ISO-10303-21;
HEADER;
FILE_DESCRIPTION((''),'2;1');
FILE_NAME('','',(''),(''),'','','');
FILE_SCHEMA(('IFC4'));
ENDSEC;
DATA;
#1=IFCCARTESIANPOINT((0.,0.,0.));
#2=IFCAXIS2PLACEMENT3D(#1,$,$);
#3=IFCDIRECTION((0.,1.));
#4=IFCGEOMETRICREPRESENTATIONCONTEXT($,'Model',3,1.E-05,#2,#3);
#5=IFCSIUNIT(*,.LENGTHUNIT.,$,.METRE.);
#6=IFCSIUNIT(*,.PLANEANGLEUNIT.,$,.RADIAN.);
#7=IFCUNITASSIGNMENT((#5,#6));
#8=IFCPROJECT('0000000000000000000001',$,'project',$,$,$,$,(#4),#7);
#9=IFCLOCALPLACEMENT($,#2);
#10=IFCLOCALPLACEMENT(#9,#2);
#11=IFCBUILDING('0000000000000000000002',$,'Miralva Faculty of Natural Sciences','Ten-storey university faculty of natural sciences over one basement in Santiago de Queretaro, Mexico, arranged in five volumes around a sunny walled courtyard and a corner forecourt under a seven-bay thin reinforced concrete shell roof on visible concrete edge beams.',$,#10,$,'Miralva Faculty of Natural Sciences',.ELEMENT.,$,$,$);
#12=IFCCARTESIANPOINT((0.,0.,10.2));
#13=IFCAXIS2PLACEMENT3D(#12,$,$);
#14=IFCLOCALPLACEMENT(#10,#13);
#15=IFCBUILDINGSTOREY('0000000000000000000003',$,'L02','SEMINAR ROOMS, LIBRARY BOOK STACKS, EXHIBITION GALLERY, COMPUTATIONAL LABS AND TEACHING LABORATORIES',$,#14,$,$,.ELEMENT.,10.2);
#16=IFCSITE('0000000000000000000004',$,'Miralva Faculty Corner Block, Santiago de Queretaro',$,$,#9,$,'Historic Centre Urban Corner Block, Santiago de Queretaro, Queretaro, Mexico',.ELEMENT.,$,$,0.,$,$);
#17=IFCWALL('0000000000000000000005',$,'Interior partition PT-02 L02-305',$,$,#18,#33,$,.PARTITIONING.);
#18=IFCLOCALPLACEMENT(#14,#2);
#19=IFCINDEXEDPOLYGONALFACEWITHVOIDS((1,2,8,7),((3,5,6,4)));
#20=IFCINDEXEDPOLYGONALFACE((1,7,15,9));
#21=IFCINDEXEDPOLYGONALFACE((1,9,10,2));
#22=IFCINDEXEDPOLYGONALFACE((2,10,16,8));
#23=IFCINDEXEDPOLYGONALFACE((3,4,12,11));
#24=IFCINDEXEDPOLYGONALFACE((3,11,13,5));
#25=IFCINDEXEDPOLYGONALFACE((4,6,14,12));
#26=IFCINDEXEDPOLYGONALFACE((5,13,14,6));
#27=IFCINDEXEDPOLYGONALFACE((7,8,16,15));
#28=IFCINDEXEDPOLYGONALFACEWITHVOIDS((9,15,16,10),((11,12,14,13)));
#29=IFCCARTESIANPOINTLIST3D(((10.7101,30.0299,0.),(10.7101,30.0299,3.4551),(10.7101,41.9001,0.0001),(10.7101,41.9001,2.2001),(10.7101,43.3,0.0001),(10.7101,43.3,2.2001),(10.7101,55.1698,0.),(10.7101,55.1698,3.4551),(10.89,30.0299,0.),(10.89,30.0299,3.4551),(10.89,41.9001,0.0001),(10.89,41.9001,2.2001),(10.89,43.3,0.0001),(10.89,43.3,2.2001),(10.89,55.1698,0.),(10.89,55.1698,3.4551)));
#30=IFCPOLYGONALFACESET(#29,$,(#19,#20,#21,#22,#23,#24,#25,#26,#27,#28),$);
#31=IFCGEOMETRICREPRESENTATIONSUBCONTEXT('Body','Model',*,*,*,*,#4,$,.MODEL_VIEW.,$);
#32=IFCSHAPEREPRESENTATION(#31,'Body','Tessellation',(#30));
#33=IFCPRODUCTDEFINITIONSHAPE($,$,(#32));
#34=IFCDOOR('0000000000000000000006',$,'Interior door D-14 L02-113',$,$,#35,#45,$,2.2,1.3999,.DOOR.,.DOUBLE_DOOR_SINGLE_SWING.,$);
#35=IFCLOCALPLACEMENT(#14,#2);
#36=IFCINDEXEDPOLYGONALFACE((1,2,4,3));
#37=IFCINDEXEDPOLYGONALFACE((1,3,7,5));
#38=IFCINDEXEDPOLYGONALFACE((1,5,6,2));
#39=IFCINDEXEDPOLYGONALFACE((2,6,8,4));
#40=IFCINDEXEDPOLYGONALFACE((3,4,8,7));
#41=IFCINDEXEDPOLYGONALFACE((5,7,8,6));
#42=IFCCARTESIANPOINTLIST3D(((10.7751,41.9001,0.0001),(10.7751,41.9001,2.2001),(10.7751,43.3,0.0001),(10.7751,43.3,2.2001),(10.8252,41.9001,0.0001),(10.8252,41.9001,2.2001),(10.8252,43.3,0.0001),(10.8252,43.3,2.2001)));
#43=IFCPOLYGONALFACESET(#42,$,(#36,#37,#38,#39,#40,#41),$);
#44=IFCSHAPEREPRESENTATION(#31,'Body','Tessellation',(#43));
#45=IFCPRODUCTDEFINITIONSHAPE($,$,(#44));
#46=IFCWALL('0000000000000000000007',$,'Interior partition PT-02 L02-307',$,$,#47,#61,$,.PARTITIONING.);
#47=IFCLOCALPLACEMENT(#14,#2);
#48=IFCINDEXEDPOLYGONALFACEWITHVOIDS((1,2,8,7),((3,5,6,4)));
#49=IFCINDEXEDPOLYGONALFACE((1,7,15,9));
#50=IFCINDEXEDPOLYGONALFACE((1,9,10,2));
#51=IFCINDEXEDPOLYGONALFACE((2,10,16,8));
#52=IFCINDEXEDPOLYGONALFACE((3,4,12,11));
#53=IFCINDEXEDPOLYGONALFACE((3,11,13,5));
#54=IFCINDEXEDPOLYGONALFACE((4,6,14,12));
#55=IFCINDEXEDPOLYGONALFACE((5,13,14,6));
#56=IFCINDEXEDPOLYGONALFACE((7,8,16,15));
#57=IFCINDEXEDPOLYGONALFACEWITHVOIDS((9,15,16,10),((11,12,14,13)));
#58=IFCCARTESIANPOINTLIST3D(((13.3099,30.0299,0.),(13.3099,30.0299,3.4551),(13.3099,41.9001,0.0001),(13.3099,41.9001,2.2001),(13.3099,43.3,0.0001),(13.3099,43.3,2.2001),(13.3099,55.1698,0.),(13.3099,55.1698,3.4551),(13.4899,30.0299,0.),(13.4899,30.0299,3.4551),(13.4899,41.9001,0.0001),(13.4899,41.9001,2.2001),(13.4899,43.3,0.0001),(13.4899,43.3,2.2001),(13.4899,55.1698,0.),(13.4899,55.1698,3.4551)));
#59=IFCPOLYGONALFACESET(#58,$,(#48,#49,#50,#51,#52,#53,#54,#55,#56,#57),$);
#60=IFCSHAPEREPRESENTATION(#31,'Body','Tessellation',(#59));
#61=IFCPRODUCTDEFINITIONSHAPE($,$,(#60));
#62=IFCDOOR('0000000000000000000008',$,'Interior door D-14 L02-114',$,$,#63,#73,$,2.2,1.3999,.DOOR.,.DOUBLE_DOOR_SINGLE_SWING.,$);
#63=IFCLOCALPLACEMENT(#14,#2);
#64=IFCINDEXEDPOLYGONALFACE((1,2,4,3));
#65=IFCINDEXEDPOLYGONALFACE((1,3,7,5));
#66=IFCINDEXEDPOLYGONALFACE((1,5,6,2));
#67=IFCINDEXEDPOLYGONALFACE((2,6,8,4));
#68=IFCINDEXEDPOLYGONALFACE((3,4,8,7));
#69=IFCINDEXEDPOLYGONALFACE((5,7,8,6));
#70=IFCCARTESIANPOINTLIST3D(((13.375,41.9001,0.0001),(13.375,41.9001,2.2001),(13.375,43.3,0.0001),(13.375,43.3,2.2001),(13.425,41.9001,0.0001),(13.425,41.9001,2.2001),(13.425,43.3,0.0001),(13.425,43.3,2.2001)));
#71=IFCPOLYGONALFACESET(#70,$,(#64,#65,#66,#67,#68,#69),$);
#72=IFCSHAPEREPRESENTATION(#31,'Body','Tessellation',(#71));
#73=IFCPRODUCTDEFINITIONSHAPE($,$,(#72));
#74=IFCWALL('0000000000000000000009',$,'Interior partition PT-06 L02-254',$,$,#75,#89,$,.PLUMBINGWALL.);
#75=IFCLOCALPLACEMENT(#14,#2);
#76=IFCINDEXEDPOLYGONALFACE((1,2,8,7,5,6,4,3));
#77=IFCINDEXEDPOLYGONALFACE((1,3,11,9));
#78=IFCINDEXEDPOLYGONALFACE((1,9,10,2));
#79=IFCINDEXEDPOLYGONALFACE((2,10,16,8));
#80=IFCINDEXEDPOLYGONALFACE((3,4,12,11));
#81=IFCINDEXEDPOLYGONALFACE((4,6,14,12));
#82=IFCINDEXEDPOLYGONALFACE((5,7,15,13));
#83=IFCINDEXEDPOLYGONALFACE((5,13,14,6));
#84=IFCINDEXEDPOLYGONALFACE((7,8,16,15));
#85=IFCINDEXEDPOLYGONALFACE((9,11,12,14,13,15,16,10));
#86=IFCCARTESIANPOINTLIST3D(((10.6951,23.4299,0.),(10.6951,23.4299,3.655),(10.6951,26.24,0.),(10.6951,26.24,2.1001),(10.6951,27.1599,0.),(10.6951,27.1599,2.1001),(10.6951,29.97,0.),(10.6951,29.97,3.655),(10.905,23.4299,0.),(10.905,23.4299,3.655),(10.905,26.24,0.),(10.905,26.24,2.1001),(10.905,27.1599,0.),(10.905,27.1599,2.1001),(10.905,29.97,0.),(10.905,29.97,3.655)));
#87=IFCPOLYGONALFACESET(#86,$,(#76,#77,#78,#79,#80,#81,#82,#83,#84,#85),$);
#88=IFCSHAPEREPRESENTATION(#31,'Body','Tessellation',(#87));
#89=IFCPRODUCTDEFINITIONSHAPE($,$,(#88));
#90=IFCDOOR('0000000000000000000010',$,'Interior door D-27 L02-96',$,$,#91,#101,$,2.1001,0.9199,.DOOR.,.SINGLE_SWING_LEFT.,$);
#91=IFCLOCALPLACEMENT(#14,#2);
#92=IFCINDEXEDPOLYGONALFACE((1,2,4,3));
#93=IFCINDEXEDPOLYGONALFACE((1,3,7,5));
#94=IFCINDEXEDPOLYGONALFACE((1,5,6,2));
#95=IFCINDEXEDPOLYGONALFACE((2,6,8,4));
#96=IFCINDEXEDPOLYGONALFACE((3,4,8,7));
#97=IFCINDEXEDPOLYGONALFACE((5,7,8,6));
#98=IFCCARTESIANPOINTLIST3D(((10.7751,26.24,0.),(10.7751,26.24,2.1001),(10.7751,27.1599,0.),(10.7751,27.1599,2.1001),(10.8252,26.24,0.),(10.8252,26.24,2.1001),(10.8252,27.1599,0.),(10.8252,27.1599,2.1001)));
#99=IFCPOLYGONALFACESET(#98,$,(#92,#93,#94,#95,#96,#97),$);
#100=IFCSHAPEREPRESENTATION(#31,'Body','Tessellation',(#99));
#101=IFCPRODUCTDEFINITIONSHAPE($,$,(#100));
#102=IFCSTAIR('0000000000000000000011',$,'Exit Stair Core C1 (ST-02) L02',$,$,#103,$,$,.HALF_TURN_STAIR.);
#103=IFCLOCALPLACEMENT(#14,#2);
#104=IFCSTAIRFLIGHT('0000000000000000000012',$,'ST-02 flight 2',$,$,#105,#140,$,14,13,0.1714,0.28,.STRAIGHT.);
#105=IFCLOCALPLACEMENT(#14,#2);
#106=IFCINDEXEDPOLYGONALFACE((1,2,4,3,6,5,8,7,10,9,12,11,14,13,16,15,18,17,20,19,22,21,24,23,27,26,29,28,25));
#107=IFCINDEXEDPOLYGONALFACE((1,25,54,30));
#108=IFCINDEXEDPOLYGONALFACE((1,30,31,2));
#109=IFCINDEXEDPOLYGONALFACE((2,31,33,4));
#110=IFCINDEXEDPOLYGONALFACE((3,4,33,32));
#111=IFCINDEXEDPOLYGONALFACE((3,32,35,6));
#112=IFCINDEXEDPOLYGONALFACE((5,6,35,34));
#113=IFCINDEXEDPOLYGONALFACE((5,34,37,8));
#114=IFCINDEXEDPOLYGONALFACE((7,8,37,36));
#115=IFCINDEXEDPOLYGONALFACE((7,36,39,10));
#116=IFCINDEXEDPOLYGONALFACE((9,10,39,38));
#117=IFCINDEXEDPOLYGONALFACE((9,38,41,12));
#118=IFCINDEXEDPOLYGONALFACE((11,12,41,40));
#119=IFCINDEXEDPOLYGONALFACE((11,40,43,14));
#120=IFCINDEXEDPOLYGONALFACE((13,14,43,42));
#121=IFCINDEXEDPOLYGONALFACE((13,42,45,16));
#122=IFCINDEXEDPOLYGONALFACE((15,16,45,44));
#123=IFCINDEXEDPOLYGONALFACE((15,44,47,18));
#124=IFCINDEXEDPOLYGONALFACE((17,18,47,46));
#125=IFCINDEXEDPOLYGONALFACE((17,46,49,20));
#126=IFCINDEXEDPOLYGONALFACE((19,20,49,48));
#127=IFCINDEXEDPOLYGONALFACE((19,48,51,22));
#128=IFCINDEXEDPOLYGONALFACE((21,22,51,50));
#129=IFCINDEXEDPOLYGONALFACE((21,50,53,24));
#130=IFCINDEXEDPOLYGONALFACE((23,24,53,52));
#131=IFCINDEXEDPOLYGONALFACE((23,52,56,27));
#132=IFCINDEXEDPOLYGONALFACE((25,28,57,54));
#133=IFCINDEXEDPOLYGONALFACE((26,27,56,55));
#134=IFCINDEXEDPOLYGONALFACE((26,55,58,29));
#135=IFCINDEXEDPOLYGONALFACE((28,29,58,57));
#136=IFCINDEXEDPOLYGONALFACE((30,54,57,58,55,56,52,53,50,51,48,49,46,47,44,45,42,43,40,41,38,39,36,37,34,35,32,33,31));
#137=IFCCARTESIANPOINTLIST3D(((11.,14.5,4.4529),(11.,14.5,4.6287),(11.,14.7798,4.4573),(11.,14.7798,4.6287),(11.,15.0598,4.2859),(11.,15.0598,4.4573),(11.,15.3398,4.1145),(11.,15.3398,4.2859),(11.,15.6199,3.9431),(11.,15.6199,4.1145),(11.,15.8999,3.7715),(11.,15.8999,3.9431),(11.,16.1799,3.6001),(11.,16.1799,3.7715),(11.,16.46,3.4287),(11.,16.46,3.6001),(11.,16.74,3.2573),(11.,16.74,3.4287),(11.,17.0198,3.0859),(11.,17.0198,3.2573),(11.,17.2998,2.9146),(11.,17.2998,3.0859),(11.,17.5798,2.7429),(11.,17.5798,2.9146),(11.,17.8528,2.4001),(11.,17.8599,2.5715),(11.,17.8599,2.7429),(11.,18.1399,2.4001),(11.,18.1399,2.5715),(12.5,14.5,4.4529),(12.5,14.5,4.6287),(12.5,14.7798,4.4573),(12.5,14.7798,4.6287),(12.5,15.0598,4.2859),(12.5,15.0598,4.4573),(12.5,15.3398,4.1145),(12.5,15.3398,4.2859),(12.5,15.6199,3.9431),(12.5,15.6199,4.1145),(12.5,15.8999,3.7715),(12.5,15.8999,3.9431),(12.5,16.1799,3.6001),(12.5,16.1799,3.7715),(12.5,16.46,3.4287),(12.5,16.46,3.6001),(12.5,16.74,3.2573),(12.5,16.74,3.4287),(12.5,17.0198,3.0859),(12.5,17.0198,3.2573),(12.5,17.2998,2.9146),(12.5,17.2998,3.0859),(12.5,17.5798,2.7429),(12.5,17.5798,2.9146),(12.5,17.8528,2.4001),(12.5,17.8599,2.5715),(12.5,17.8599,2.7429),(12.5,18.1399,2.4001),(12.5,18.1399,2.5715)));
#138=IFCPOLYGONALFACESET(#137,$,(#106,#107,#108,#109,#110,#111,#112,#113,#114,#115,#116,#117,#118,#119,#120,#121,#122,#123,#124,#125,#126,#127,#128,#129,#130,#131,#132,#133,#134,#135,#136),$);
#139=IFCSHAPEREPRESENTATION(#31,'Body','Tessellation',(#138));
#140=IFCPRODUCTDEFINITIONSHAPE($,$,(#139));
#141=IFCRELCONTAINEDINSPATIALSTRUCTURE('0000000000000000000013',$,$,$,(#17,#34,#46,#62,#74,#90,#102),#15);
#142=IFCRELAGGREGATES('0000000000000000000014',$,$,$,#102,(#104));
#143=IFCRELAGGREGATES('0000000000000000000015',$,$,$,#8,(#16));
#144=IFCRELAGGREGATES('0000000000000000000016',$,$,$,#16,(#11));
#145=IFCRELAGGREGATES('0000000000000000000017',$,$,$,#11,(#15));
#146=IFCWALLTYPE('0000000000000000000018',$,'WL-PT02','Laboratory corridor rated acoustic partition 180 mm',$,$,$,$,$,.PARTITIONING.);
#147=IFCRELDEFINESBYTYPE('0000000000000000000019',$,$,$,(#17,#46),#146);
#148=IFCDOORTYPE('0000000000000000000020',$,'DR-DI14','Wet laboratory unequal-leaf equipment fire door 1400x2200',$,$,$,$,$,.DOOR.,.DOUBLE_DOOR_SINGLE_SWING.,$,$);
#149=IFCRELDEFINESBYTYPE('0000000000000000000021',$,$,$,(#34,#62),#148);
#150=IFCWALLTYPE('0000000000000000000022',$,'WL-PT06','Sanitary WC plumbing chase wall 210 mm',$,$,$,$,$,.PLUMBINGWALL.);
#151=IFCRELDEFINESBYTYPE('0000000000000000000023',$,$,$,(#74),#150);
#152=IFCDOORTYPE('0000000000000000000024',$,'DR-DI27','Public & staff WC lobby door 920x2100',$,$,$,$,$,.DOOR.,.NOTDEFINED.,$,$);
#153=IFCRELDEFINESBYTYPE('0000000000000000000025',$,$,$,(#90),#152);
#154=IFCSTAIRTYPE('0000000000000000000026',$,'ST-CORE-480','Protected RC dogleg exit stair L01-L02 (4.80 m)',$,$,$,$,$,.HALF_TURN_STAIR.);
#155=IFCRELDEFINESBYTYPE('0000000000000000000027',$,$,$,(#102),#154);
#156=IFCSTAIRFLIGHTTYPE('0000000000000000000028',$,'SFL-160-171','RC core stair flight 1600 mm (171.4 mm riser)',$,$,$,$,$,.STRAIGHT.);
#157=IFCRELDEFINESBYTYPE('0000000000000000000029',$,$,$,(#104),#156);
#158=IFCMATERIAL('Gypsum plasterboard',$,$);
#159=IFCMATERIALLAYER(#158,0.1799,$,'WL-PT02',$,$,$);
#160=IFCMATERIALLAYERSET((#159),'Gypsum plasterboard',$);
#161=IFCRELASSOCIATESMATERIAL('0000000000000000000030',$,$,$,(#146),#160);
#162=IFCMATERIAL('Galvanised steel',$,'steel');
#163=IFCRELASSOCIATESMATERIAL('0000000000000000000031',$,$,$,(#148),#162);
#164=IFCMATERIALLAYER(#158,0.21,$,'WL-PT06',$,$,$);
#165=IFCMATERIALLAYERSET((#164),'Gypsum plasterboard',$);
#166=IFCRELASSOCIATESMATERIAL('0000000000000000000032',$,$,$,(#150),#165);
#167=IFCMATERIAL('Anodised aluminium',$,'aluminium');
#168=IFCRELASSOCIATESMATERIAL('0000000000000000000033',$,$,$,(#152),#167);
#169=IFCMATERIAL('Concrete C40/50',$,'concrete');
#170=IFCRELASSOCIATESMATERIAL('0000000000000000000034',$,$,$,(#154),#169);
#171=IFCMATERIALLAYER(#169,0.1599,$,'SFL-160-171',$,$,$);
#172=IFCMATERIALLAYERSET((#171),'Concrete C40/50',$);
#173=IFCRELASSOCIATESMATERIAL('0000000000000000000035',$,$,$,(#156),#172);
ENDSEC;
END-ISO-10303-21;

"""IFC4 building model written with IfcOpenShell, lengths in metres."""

from ifc_helpers import new_model, si_unit, direction, frame, frame_2d, origin, place, context, subcontext, project, spatial, polyline, rectangle, outline, extrude, material, layer, layer_set, type_object, element, fill, aggregate, save


model = new_model("IFC4")

# Units and contexts
model_context = context("Model", 3, precision=1e-05, world=origin(), true_north=direction((0.0, 1.0)))
body_context = subcontext(model_context, "Body", "Model", "MODEL_VIEW")
ifc_project = project(units=[si_unit("LENGTHUNIT", "METRE"), si_unit("PLANEANGLEUNIT", "RADIAN")], contexts=[model_context])

# Site, building, storey
site_placement = place(None, origin())
site = spatial("IfcSite", under=ifc_project, at=site_placement, Name="Miralva Faculty Corner Block, Santiago de Queretaro", LongName="Historic Centre Urban Corner Block, Santiago de Queretaro, Queretaro, Mexico", CompositionType="ELEMENT", RefElevation=0.0)
building_placement = place(site_placement, origin())
building = spatial("IfcBuilding", under=site, at=building_placement, Name="Miralva Faculty of Natural Sciences", Description="Ten-storey university faculty of natural sciences over one basement in Santiago de Queretaro, Mexico, arranged in five volumes around a sunny walled courtyard and a corner forecourt under a seven-bay thin reinforced concrete shell roof on visible concrete edge beams.", LongName="Miralva Faculty of Natural Sciences", CompositionType="ELEMENT")
storey_placement = place(building_placement, frame((0.0, 0.0, 10.2)))
storey = spatial("IfcBuildingStorey", under=building, at=storey_placement, Name="L02", Description="SEMINAR ROOMS, LIBRARY BOOK STACKS, EXHIBITION GALLERY, COMPUTATIONAL LABS AND TEACHING LABORATORIES", CompositionType="ELEMENT", Elevation=10.2)

# Shared definitions
ifc_material_1 = material(Name="Concrete C40/50", Category="concrete")

# Walls, openings, doors
ifc_material_2 = material(Name="Gypsum plasterboard")
ifc_layer_1 = layer(ifc_material_2, 0.1799, Name="WL-PT02")
ifc_layer_set_1 = layer_set([ifc_layer_1], Name="Gypsum plasterboard")
wall_type_1 = type_object("IfcWallType", Name="WL-PT02", Description="Laboratory corridor rated acoustic partition 180 mm", PredefinedType="PARTITIONING", material=ifc_layer_set_1)
ifc_material_3 = material(Name="Galvanised steel", Category="steel")
wall_1_placement = place(storey_placement, frame((10.8, 30.03, 0.0), z_axis=(0.0, 0.0, 1.0), x_axis=(0.0, 1.0, 0.0)))
wall_1 = element("IfcWall", 1, at=wall_1_placement, inside=storey, type_object=wall_type_1, Name="Interior partition PT-02 L02-305", PredefinedType="PARTITIONING", context=body_context, shape_type="SweptSolid", body=[
    extrude(rectangle(XDim=25.1399, YDim=0.1799, at=frame_2d((12.5698, 0.0))), origin(), (0.0, 0.0, 1.0), 3.4551),
])
opening_1_placement = place(wall_1_placement, frame((11.8701, 0.0, 0.0)))
opening_1 = element("IfcOpeningElement", 2, at=opening_1_placement, cuts=wall_1, PredefinedType="OPENING", context=body_context, shape_type="SweptSolid", body=[
    extrude(rectangle(XDim=1.3999, YDim=2.2, at=frame_2d((0.7, 1.1001))), frame((0.0, 0.0999, 0.0), z_axis=(0.0, -1.0, 0.0), x_axis=(1.0, 0.0, 0.0)), (0.0, 0.0, 1.0), 0.2),
])
door_type_1 = type_object("IfcDoorType", Name="DR-DI14", Description="Wet laboratory unequal-leaf equipment fire door 1400x2200", OperationType="DOUBLE_DOOR_SINGLE_SWING", PredefinedType="DOOR", material=ifc_material_3)
door_1_placement = place(opening_1_placement, origin())
door_1 = element("IfcDoor", 3, at=door_1_placement, inside=storey, type_object=door_type_1, Name="Interior door D-14 L02-113", OperationType="DOUBLE_DOOR_SINGLE_SWING", OverallHeight=2.2, OverallWidth=1.3999, PredefinedType="DOOR", context=body_context, shape_type="SweptSolid", body=[
    extrude(rectangle(XDim=1.3999, YDim=2.2, at=frame_2d((0.7, 1.1001))), frame((0.0, 0.0249, 0.0), z_axis=(0.0, -1.0, 0.0), x_axis=(1.0, 0.0, 0.0)), (0.0, 0.0, 1.0), 0.05),
])
fill(opening_1, door_1)
wall_2_placement = place(storey_placement, frame((13.3999, 30.03, 0.0), z_axis=(0.0, 0.0, 1.0), x_axis=(0.0, 1.0, 0.0)))
wall_2 = element("IfcWall", 4, at=wall_2_placement, inside=storey, type_object=wall_type_1, Name="Interior partition PT-02 L02-307", PredefinedType="PARTITIONING", context=body_context, shape_type="SweptSolid", body=[
    extrude(rectangle(XDim=25.1399, YDim=0.1799, at=frame_2d((12.5698, 0.0))), origin(), (0.0, 0.0, 1.0), 3.4551),
])
opening_2_placement = place(wall_2_placement, frame((11.8701, 0.0, 0.0)))
opening_2 = element("IfcOpeningElement", 5, at=opening_2_placement, cuts=wall_2, PredefinedType="OPENING", context=body_context, shape_type="SweptSolid", body=[
    extrude(rectangle(XDim=1.3999, YDim=2.2, at=frame_2d((0.7, 1.1001))), frame((0.0, 0.0999, 0.0), z_axis=(0.0, -1.0, 0.0), x_axis=(1.0, 0.0, 0.0)), (0.0, 0.0, 1.0), 0.2),
])
door_2_placement = place(opening_2_placement, origin())
door_2 = element("IfcDoor", 6, at=door_2_placement, inside=storey, type_object=door_type_1, Name="Interior door D-14 L02-114", OperationType="DOUBLE_DOOR_SINGLE_SWING", OverallHeight=2.2, OverallWidth=1.3999, PredefinedType="DOOR", context=body_context, shape_type="SweptSolid", body=[
    extrude(rectangle(XDim=1.3999, YDim=2.2, at=frame_2d((0.7, 1.1001))), frame((0.0, 0.0249, 0.0), z_axis=(0.0, -1.0, 0.0), x_axis=(1.0, 0.0, 0.0)), (0.0, 0.0, 1.0), 0.05),
])
fill(opening_2, door_2)
ifc_layer_2 = layer(ifc_material_2, 0.21, Name="WL-PT06")
ifc_layer_set_2 = layer_set([ifc_layer_2], Name="Gypsum plasterboard")
wall_type_2 = type_object("IfcWallType", Name="WL-PT06", Description="Sanitary WC plumbing chase wall 210 mm", PredefinedType="PLUMBINGWALL", material=ifc_layer_set_2)
wall_3_placement = place(storey_placement, frame((10.8, 23.4299, 0.0), z_axis=(0.0, 0.0, 1.0), x_axis=(0.0, 1.0, 0.0)))
wall_3 = element("IfcWall", 7, at=wall_3_placement, inside=storey, type_object=wall_type_2, Name="Interior partition PT-06 L02-254", PredefinedType="PLUMBINGWALL", context=body_context, shape_type="SweptSolid", body=[
    extrude(rectangle(XDim=6.54, YDim=0.21, at=frame_2d((3.27, 0.0))), origin(), (0.0, 0.0, 1.0), 3.655),
])
opening_3_placement = place(wall_3_placement, frame((2.8101, 0.0, 0.0)))
opening_3 = element("IfcOpeningElement", 8, at=opening_3_placement, cuts=wall_3, PredefinedType="OPENING", context=body_context, shape_type="SweptSolid", body=[
    extrude(rectangle(XDim=0.9199, YDim=2.1001, at=frame_2d((0.46, 1.05))), frame((0.0, 0.115, 0.0), z_axis=(0.0, -1.0, 0.0), x_axis=(1.0, 0.0, 0.0)), (0.0, 0.0, 1.0), 0.23),
])
ifc_material_4 = material(Name="Anodised aluminium", Category="aluminium")
door_type_2 = type_object("IfcDoorType", Name="DR-DI27", Description="Public & staff WC lobby door 920x2100", OperationType="NOTDEFINED", PredefinedType="DOOR", material=ifc_material_4)
door_3_placement = place(opening_3_placement, origin())
door_3 = element("IfcDoor", 9, at=door_3_placement, inside=storey, type_object=door_type_2, Name="Interior door D-27 L02-96", OperationType="SINGLE_SWING_LEFT", OverallHeight=2.1001, OverallWidth=0.9199, PredefinedType="DOOR", context=body_context, shape_type="SweptSolid", body=[
    extrude(rectangle(XDim=0.9199, YDim=2.1001, at=frame_2d((0.46, 1.05))), frame((0.0, 0.0249, 0.0), z_axis=(0.0, -1.0, 0.0), x_axis=(1.0, 0.0, 0.0)), (0.0, 0.0, 1.0), 0.05),
])
fill(opening_3, door_3)

# Stair, stair flight
stair_type = type_object("IfcStairType", Name="ST-CORE-480", Description="Protected RC dogleg exit stair L01-L02 (4.80 m)", PredefinedType="HALF_TURN_STAIR", material=ifc_material_1)
stair_placement = place(storey_placement, origin())
stair = element("IfcStair", 10, at=stair_placement, inside=storey, type_object=stair_type, Name="Exit Stair Core C1 (ST-02) L02", PredefinedType="HALF_TURN_STAIR")
ifc_layer_3 = layer(ifc_material_1, 0.1599, Name="SFL-160-171")
ifc_layer_set_3 = layer_set([ifc_layer_3], Name="Concrete C40/50")
stair_flight_type = type_object("IfcStairFlightType", Name="SFL-160-171", Description="RC core stair flight 1600 mm (171.4 mm riser)", PredefinedType="STRAIGHT", material=ifc_layer_set_3)
stair_flight_placement = place(storey_placement, frame((11.75, 18.1399, 2.4001), z_axis=(0.0, 0.0, 1.0), x_axis=(0.0, -1.0, 0.0)))
stair_flight = element("IfcStairFlight", 11, at=stair_flight_placement, type_object=stair_flight_type, Name="ST-02 flight 2", NumberOfRisers=14, NumberOfTreads=13, PredefinedType="STRAIGHT", RiserHeight=0.1714, TreadLength=0.28, context=body_context, shape_type="SweptSolid", body=[
    extrude(outline(polyline([(0.0, 0.0), (0.0, 0.1714), (0.28, 0.1714), (0.28, 0.3428), (0.5601, 0.3428), (0.5601, 0.5144), (0.8401, 0.5144), (0.8401, 0.6858), (1.1201, 0.6858), (1.1201, 0.8572), (1.3999, 0.8572), (1.3999, 1.0286), (1.6799, 1.0286), (1.6799, 1.2), (1.96, 1.2), (1.96, 1.3713), (2.24, 1.3713), (2.24, 1.543), (2.52, 1.543), (2.52, 1.7144), (2.8, 1.7144), (2.8, 1.8857), (3.0801, 1.8857), (3.0801, 2.0571), (3.3601, 2.0571), (3.3601, 2.2285), (3.6399, 2.2285), (3.6399, 2.3999), (3.6399, 2.0527), (0.2871, 0.0), (0.0, 0.0)])), frame((0.0, 0.75, 0.0), z_axis=(0.0, -1.0, 0.0), x_axis=(1.0, 0.0, 0.0)), (0.0, 0.0, 1.0), 1.5),
])
aggregate(stair, [stair_flight])

save(model, "model.ifc")
